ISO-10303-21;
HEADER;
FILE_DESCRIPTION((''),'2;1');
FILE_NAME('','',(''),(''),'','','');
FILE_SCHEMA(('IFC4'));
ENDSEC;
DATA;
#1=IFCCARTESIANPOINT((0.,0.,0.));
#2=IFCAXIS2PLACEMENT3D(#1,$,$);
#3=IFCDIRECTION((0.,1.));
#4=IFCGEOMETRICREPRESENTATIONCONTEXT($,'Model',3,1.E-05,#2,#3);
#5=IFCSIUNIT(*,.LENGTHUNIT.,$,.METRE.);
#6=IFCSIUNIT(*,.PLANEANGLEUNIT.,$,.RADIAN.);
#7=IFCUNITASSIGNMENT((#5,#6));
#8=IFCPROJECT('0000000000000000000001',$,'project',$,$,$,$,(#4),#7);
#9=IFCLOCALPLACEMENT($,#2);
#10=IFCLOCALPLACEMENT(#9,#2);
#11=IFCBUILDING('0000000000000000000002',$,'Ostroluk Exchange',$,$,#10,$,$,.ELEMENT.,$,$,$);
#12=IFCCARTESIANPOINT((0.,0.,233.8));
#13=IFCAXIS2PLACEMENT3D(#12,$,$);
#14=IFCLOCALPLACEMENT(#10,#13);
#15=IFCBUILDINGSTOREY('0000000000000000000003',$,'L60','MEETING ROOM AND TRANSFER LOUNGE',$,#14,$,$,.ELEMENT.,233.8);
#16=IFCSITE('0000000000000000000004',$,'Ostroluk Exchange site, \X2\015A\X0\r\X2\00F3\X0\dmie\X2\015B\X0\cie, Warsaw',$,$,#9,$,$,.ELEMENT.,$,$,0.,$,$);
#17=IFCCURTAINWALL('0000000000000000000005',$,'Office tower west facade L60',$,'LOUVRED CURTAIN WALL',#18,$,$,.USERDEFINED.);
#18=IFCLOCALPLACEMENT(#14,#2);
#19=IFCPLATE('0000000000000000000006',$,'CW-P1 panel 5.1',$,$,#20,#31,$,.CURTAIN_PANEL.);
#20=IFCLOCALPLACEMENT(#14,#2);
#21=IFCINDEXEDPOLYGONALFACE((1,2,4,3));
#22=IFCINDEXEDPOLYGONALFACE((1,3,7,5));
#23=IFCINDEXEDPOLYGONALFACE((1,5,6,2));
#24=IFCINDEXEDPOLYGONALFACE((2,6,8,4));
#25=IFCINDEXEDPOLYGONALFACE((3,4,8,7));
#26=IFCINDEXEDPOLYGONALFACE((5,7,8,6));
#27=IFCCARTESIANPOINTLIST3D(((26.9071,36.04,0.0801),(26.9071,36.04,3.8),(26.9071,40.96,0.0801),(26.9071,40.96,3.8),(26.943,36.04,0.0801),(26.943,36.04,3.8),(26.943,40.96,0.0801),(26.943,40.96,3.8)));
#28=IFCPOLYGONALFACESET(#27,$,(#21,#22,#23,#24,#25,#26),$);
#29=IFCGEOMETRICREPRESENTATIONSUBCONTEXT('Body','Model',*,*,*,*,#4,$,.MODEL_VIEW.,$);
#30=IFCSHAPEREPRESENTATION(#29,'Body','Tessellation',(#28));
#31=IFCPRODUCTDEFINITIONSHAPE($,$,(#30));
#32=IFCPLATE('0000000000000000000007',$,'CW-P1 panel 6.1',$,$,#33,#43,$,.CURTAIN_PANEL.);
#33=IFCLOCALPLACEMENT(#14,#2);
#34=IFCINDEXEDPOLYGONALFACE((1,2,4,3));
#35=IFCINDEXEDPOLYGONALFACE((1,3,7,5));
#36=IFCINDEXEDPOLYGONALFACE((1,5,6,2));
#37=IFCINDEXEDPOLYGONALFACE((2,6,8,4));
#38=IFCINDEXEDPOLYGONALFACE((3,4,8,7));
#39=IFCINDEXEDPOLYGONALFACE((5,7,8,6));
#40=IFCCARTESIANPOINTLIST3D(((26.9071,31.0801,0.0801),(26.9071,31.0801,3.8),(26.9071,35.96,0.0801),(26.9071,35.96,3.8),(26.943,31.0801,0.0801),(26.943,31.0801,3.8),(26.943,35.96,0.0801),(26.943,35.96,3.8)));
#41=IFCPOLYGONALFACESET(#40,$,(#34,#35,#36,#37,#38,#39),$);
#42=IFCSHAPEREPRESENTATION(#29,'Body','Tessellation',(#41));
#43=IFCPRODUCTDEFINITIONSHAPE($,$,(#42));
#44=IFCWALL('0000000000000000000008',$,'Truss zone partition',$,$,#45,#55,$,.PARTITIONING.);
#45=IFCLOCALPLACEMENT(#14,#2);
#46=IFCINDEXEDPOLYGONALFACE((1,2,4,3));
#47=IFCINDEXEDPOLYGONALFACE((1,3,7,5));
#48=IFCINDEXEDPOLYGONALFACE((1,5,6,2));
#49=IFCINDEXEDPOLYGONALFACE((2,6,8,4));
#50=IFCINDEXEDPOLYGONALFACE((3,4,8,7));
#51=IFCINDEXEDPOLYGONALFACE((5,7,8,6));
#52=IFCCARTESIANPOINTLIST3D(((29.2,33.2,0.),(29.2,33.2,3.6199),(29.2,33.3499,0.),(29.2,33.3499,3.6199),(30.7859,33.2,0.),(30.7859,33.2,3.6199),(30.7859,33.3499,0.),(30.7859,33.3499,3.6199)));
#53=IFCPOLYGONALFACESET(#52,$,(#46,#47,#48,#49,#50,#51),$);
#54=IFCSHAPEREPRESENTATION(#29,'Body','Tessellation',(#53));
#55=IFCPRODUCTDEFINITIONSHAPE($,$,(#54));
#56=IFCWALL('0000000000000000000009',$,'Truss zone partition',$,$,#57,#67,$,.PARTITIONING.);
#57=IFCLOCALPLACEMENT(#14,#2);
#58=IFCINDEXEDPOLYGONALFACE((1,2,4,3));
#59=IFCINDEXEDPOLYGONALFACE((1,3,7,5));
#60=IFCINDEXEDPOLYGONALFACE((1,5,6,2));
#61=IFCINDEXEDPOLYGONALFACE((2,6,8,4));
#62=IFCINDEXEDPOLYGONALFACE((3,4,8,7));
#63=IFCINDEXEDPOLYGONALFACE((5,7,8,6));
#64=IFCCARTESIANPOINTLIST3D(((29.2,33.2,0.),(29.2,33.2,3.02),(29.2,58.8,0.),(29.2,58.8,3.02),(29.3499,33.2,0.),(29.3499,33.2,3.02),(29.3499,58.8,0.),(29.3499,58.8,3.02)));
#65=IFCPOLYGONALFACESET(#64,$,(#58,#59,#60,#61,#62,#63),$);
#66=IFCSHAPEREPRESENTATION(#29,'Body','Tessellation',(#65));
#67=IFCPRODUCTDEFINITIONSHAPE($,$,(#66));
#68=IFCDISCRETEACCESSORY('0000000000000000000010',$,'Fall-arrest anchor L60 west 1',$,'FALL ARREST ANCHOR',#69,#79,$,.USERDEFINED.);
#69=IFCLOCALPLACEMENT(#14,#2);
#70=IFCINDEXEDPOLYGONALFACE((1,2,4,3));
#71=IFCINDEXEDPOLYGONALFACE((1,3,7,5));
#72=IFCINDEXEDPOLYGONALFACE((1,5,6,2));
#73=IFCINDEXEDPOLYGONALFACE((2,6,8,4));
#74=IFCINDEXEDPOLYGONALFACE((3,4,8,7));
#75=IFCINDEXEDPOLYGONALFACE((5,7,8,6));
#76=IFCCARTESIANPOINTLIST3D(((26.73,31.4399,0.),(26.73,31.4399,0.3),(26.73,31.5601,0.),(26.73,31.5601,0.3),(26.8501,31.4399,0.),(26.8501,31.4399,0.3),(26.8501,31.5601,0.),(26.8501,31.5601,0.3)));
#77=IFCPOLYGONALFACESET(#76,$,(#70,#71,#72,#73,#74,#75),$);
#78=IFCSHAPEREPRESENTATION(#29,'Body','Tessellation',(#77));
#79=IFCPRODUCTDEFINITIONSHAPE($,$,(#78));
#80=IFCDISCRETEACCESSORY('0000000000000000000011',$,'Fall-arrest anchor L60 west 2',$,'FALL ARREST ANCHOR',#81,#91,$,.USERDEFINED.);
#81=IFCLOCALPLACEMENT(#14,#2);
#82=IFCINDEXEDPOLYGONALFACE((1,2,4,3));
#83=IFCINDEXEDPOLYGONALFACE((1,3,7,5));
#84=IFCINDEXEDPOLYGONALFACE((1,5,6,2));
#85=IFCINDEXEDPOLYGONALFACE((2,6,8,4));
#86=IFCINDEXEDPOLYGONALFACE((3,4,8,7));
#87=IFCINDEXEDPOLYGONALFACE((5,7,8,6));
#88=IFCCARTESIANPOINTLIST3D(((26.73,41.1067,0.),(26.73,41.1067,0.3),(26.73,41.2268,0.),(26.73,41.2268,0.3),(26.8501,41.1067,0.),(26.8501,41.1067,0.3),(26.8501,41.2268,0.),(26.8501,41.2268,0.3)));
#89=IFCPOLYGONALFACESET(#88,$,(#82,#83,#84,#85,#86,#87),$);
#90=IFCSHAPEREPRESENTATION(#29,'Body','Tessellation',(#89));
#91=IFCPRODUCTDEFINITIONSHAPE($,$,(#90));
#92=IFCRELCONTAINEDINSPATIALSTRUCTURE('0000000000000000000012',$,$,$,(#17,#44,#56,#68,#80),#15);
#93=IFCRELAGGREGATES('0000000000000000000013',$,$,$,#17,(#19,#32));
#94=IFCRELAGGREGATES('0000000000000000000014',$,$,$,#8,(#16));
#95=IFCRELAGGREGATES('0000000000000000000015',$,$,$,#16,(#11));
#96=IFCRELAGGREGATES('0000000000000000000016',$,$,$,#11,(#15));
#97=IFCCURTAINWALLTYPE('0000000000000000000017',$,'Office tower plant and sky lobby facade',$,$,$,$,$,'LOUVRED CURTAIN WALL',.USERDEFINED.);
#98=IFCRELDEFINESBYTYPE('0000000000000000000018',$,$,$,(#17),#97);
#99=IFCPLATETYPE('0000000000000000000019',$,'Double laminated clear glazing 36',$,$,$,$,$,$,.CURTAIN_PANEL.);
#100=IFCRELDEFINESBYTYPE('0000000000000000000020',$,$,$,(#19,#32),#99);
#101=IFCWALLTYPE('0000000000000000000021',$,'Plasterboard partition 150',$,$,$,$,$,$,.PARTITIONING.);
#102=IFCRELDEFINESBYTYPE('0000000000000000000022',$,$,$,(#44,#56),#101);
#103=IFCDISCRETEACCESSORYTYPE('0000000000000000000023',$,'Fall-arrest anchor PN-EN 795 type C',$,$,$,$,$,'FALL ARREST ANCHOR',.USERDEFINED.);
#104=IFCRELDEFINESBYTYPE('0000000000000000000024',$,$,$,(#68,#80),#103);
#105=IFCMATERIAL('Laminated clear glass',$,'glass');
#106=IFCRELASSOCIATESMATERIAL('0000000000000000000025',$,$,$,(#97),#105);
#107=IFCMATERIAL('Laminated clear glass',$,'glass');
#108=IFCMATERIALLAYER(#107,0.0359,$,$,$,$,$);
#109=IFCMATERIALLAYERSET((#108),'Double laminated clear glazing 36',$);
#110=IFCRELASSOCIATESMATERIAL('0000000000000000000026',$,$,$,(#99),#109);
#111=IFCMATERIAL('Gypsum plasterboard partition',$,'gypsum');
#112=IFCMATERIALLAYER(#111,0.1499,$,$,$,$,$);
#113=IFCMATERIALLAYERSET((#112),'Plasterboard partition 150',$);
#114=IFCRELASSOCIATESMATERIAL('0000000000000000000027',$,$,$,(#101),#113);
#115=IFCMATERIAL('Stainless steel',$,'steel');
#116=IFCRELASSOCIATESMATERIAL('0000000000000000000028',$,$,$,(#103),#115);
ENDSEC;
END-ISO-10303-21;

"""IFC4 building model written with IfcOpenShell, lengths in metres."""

from ifc_helpers import new_model, si_unit, direction, frame, frame_2d, origin, origin_2d, place, context, subcontext, project, spatial, rectangle, extrude, material, layer, layer_set, type_object, element, aggregate, save


model = new_model("IFC4")

# Units and contexts
model_context = context("Model", 3, precision=1e-05, world=origin(), true_north=direction((0.0, 1.0)))
body_context = subcontext(model_context, "Body", "Model", "MODEL_VIEW")
ifc_project = project(units=[si_unit("LENGTHUNIT", "METRE"), si_unit("PLANEANGLEUNIT", "RADIAN")], contexts=[model_context])

# Site, building, storey
site_placement = place(None, origin())
site = spatial("IfcSite", under=ifc_project, at=site_placement, Name="Ostroluk Exchange site, Śródmieście, Warsaw", CompositionType="ELEMENT", RefElevation=0.0)
building_placement = place(site_placement, origin())
building = spatial("IfcBuilding", under=site, at=building_placement, Name="Ostroluk Exchange", CompositionType="ELEMENT")
storey_placement = place(building_placement, frame((0.0, 0.0, 233.8)))
storey = spatial("IfcBuildingStorey", under=building, at=storey_placement, Name="L60", Description="MEETING ROOM AND TRANSFER LOUNGE", CompositionType="ELEMENT", Elevation=233.8)

# Curtain wall, plates
ifc_material_1 = material(Name="Laminated clear glass", Category="glass")
curtain_wall_type = type_object("IfcCurtainWallType", Name="Office tower plant and sky lobby facade", ElementType="LOUVRED CURTAIN WALL", PredefinedType="USERDEFINED", material=ifc_material_1)
curtain_wall_placement = place(storey_placement, origin())
curtain_wall = element("IfcCurtainWall", 1, at=curtain_wall_placement, inside=storey, type_object=curtain_wall_type, Name="Office tower west facade L60", ObjectType="LOUVRED CURTAIN WALL", PredefinedType="USERDEFINED")
ifc_material_2 = material(Name="Laminated clear glass", Category="glass")
ifc_layer_1 = layer(ifc_material_2, 0.0359)
ifc_layer_set_1 = layer_set([ifc_layer_1], Name="Double laminated clear glazing 36")
plate_type = type_object("IfcPlateType", Name="Double laminated clear glazing 36", PredefinedType="CURTAIN_PANEL", material=ifc_layer_set_1)
plate_1_placement = place(storey_placement, frame((26.925, 38.5, 0.0801), z_axis=(0.0, 0.0, 1.0), x_axis=(0.0, -1.0, 0.0)))
plate_1 = element("IfcPlate", 2, at=plate_1_placement, type_object=plate_type, Name="CW-P1 panel 5.1", PredefinedType="CURTAIN_PANEL", context=body_context, shape_type="SweptSolid", body=[
    extrude(rectangle(XDim=4.9199, YDim=0.0359, at=origin_2d()), origin(), (0.0, 0.0, 1.0), 3.72),
])
plate_2_placement = place(storey_placement, frame((26.925, 33.52, 0.0801), z_axis=(0.0, 0.0, 1.0), x_axis=(0.0, -1.0, 0.0)))
plate_2 = element("IfcPlate", 3, at=plate_2_placement, type_object=plate_type, Name="CW-P1 panel 6.1", PredefinedType="CURTAIN_PANEL", context=body_context, shape_type="SweptSolid", body=[
    extrude(rectangle(XDim=4.8799, YDim=0.0359, at=origin_2d()), origin(), (0.0, 0.0, 1.0), 3.72),
])
aggregate(curtain_wall, [plate_1, plate_2])

# Walls
ifc_material_3 = material(Name="Gypsum plasterboard partition", Category="gypsum")
ifc_layer_2 = layer(ifc_material_3, 0.1499)
ifc_layer_set_2 = layer_set([ifc_layer_2], Name="Plasterboard partition 150")
wall_type = type_object("IfcWallType", Name="Plasterboard partition 150", PredefinedType="PARTITIONING", material=ifc_layer_set_2)
wall_1_placement = place(storey_placement, frame((30.7859, 33.2749, 0.0), z_axis=(0.0, 0.0, 1.0), x_axis=(-1.0, 0.0, 0.0)))
element("IfcWall", 4, at=wall_1_placement, inside=storey, type_object=wall_type, Name="Truss zone partition", PredefinedType="PARTITIONING", context=body_context, shape_type="SweptSolid", body=[
    extrude(rectangle(XDim=1.5859, YDim=0.1499, at=frame_2d((0.793, 0.0))), origin(), (0.0, 0.0, 1.0), 3.6199),
])
wall_2_placement = place(storey_placement, frame((29.2749, 33.2, 0.0), z_axis=(0.0, 0.0, 1.0), x_axis=(0.0, 1.0, 0.0)))
element("IfcWall", 5, at=wall_2_placement, inside=storey, type_object=wall_type, Name="Truss zone partition", PredefinedType="PARTITIONING", context=body_context, shape_type="SweptSolid", body=[
    extrude(rectangle(XDim=25.6001, YDim=0.1499, at=frame_2d((12.8, 0.0))), origin(), (0.0, 0.0, 1.0), 3.02),
])

# Discrete accessories
ifc_material_4 = material(Name="Stainless steel", Category="steel")
discrete_accessory_type = type_object("IfcDiscreteAccessoryType", Name="Fall-arrest anchor PN-EN 795 type C", ElementType="FALL ARREST ANCHOR", PredefinedType="USERDEFINED", material=ifc_material_4)
for number, where, z_axis, x_axis, name in (
    (6, (26.79, 31.5, 0.0), (0.0, 0.0, 1.0), (1.0, 0.0, 0.0), "Fall-arrest anchor L60 west 1"),
    (7, (26.79, 41.1667, 0.0), (0.0, 0.0, 1.0), (1.0, 0.0, 0.0), "Fall-arrest anchor L60 west 2"),
):
    element("IfcDiscreteAccessory", number, at=place(storey_placement, frame(where, z_axis=z_axis, x_axis=x_axis)), inside=storey, type_object=discrete_accessory_type, Name=name, ObjectType="FALL ARREST ANCHOR", PredefinedType="USERDEFINED", context=body_context, shape_type="SweptSolid", body=[
        extrude(rectangle(XDim=0.1201, YDim=0.1201, at=origin_2d()), origin(), (0.0, 0.0, 1.0), 0.3),
    ])

save(model, "model.ifc")
